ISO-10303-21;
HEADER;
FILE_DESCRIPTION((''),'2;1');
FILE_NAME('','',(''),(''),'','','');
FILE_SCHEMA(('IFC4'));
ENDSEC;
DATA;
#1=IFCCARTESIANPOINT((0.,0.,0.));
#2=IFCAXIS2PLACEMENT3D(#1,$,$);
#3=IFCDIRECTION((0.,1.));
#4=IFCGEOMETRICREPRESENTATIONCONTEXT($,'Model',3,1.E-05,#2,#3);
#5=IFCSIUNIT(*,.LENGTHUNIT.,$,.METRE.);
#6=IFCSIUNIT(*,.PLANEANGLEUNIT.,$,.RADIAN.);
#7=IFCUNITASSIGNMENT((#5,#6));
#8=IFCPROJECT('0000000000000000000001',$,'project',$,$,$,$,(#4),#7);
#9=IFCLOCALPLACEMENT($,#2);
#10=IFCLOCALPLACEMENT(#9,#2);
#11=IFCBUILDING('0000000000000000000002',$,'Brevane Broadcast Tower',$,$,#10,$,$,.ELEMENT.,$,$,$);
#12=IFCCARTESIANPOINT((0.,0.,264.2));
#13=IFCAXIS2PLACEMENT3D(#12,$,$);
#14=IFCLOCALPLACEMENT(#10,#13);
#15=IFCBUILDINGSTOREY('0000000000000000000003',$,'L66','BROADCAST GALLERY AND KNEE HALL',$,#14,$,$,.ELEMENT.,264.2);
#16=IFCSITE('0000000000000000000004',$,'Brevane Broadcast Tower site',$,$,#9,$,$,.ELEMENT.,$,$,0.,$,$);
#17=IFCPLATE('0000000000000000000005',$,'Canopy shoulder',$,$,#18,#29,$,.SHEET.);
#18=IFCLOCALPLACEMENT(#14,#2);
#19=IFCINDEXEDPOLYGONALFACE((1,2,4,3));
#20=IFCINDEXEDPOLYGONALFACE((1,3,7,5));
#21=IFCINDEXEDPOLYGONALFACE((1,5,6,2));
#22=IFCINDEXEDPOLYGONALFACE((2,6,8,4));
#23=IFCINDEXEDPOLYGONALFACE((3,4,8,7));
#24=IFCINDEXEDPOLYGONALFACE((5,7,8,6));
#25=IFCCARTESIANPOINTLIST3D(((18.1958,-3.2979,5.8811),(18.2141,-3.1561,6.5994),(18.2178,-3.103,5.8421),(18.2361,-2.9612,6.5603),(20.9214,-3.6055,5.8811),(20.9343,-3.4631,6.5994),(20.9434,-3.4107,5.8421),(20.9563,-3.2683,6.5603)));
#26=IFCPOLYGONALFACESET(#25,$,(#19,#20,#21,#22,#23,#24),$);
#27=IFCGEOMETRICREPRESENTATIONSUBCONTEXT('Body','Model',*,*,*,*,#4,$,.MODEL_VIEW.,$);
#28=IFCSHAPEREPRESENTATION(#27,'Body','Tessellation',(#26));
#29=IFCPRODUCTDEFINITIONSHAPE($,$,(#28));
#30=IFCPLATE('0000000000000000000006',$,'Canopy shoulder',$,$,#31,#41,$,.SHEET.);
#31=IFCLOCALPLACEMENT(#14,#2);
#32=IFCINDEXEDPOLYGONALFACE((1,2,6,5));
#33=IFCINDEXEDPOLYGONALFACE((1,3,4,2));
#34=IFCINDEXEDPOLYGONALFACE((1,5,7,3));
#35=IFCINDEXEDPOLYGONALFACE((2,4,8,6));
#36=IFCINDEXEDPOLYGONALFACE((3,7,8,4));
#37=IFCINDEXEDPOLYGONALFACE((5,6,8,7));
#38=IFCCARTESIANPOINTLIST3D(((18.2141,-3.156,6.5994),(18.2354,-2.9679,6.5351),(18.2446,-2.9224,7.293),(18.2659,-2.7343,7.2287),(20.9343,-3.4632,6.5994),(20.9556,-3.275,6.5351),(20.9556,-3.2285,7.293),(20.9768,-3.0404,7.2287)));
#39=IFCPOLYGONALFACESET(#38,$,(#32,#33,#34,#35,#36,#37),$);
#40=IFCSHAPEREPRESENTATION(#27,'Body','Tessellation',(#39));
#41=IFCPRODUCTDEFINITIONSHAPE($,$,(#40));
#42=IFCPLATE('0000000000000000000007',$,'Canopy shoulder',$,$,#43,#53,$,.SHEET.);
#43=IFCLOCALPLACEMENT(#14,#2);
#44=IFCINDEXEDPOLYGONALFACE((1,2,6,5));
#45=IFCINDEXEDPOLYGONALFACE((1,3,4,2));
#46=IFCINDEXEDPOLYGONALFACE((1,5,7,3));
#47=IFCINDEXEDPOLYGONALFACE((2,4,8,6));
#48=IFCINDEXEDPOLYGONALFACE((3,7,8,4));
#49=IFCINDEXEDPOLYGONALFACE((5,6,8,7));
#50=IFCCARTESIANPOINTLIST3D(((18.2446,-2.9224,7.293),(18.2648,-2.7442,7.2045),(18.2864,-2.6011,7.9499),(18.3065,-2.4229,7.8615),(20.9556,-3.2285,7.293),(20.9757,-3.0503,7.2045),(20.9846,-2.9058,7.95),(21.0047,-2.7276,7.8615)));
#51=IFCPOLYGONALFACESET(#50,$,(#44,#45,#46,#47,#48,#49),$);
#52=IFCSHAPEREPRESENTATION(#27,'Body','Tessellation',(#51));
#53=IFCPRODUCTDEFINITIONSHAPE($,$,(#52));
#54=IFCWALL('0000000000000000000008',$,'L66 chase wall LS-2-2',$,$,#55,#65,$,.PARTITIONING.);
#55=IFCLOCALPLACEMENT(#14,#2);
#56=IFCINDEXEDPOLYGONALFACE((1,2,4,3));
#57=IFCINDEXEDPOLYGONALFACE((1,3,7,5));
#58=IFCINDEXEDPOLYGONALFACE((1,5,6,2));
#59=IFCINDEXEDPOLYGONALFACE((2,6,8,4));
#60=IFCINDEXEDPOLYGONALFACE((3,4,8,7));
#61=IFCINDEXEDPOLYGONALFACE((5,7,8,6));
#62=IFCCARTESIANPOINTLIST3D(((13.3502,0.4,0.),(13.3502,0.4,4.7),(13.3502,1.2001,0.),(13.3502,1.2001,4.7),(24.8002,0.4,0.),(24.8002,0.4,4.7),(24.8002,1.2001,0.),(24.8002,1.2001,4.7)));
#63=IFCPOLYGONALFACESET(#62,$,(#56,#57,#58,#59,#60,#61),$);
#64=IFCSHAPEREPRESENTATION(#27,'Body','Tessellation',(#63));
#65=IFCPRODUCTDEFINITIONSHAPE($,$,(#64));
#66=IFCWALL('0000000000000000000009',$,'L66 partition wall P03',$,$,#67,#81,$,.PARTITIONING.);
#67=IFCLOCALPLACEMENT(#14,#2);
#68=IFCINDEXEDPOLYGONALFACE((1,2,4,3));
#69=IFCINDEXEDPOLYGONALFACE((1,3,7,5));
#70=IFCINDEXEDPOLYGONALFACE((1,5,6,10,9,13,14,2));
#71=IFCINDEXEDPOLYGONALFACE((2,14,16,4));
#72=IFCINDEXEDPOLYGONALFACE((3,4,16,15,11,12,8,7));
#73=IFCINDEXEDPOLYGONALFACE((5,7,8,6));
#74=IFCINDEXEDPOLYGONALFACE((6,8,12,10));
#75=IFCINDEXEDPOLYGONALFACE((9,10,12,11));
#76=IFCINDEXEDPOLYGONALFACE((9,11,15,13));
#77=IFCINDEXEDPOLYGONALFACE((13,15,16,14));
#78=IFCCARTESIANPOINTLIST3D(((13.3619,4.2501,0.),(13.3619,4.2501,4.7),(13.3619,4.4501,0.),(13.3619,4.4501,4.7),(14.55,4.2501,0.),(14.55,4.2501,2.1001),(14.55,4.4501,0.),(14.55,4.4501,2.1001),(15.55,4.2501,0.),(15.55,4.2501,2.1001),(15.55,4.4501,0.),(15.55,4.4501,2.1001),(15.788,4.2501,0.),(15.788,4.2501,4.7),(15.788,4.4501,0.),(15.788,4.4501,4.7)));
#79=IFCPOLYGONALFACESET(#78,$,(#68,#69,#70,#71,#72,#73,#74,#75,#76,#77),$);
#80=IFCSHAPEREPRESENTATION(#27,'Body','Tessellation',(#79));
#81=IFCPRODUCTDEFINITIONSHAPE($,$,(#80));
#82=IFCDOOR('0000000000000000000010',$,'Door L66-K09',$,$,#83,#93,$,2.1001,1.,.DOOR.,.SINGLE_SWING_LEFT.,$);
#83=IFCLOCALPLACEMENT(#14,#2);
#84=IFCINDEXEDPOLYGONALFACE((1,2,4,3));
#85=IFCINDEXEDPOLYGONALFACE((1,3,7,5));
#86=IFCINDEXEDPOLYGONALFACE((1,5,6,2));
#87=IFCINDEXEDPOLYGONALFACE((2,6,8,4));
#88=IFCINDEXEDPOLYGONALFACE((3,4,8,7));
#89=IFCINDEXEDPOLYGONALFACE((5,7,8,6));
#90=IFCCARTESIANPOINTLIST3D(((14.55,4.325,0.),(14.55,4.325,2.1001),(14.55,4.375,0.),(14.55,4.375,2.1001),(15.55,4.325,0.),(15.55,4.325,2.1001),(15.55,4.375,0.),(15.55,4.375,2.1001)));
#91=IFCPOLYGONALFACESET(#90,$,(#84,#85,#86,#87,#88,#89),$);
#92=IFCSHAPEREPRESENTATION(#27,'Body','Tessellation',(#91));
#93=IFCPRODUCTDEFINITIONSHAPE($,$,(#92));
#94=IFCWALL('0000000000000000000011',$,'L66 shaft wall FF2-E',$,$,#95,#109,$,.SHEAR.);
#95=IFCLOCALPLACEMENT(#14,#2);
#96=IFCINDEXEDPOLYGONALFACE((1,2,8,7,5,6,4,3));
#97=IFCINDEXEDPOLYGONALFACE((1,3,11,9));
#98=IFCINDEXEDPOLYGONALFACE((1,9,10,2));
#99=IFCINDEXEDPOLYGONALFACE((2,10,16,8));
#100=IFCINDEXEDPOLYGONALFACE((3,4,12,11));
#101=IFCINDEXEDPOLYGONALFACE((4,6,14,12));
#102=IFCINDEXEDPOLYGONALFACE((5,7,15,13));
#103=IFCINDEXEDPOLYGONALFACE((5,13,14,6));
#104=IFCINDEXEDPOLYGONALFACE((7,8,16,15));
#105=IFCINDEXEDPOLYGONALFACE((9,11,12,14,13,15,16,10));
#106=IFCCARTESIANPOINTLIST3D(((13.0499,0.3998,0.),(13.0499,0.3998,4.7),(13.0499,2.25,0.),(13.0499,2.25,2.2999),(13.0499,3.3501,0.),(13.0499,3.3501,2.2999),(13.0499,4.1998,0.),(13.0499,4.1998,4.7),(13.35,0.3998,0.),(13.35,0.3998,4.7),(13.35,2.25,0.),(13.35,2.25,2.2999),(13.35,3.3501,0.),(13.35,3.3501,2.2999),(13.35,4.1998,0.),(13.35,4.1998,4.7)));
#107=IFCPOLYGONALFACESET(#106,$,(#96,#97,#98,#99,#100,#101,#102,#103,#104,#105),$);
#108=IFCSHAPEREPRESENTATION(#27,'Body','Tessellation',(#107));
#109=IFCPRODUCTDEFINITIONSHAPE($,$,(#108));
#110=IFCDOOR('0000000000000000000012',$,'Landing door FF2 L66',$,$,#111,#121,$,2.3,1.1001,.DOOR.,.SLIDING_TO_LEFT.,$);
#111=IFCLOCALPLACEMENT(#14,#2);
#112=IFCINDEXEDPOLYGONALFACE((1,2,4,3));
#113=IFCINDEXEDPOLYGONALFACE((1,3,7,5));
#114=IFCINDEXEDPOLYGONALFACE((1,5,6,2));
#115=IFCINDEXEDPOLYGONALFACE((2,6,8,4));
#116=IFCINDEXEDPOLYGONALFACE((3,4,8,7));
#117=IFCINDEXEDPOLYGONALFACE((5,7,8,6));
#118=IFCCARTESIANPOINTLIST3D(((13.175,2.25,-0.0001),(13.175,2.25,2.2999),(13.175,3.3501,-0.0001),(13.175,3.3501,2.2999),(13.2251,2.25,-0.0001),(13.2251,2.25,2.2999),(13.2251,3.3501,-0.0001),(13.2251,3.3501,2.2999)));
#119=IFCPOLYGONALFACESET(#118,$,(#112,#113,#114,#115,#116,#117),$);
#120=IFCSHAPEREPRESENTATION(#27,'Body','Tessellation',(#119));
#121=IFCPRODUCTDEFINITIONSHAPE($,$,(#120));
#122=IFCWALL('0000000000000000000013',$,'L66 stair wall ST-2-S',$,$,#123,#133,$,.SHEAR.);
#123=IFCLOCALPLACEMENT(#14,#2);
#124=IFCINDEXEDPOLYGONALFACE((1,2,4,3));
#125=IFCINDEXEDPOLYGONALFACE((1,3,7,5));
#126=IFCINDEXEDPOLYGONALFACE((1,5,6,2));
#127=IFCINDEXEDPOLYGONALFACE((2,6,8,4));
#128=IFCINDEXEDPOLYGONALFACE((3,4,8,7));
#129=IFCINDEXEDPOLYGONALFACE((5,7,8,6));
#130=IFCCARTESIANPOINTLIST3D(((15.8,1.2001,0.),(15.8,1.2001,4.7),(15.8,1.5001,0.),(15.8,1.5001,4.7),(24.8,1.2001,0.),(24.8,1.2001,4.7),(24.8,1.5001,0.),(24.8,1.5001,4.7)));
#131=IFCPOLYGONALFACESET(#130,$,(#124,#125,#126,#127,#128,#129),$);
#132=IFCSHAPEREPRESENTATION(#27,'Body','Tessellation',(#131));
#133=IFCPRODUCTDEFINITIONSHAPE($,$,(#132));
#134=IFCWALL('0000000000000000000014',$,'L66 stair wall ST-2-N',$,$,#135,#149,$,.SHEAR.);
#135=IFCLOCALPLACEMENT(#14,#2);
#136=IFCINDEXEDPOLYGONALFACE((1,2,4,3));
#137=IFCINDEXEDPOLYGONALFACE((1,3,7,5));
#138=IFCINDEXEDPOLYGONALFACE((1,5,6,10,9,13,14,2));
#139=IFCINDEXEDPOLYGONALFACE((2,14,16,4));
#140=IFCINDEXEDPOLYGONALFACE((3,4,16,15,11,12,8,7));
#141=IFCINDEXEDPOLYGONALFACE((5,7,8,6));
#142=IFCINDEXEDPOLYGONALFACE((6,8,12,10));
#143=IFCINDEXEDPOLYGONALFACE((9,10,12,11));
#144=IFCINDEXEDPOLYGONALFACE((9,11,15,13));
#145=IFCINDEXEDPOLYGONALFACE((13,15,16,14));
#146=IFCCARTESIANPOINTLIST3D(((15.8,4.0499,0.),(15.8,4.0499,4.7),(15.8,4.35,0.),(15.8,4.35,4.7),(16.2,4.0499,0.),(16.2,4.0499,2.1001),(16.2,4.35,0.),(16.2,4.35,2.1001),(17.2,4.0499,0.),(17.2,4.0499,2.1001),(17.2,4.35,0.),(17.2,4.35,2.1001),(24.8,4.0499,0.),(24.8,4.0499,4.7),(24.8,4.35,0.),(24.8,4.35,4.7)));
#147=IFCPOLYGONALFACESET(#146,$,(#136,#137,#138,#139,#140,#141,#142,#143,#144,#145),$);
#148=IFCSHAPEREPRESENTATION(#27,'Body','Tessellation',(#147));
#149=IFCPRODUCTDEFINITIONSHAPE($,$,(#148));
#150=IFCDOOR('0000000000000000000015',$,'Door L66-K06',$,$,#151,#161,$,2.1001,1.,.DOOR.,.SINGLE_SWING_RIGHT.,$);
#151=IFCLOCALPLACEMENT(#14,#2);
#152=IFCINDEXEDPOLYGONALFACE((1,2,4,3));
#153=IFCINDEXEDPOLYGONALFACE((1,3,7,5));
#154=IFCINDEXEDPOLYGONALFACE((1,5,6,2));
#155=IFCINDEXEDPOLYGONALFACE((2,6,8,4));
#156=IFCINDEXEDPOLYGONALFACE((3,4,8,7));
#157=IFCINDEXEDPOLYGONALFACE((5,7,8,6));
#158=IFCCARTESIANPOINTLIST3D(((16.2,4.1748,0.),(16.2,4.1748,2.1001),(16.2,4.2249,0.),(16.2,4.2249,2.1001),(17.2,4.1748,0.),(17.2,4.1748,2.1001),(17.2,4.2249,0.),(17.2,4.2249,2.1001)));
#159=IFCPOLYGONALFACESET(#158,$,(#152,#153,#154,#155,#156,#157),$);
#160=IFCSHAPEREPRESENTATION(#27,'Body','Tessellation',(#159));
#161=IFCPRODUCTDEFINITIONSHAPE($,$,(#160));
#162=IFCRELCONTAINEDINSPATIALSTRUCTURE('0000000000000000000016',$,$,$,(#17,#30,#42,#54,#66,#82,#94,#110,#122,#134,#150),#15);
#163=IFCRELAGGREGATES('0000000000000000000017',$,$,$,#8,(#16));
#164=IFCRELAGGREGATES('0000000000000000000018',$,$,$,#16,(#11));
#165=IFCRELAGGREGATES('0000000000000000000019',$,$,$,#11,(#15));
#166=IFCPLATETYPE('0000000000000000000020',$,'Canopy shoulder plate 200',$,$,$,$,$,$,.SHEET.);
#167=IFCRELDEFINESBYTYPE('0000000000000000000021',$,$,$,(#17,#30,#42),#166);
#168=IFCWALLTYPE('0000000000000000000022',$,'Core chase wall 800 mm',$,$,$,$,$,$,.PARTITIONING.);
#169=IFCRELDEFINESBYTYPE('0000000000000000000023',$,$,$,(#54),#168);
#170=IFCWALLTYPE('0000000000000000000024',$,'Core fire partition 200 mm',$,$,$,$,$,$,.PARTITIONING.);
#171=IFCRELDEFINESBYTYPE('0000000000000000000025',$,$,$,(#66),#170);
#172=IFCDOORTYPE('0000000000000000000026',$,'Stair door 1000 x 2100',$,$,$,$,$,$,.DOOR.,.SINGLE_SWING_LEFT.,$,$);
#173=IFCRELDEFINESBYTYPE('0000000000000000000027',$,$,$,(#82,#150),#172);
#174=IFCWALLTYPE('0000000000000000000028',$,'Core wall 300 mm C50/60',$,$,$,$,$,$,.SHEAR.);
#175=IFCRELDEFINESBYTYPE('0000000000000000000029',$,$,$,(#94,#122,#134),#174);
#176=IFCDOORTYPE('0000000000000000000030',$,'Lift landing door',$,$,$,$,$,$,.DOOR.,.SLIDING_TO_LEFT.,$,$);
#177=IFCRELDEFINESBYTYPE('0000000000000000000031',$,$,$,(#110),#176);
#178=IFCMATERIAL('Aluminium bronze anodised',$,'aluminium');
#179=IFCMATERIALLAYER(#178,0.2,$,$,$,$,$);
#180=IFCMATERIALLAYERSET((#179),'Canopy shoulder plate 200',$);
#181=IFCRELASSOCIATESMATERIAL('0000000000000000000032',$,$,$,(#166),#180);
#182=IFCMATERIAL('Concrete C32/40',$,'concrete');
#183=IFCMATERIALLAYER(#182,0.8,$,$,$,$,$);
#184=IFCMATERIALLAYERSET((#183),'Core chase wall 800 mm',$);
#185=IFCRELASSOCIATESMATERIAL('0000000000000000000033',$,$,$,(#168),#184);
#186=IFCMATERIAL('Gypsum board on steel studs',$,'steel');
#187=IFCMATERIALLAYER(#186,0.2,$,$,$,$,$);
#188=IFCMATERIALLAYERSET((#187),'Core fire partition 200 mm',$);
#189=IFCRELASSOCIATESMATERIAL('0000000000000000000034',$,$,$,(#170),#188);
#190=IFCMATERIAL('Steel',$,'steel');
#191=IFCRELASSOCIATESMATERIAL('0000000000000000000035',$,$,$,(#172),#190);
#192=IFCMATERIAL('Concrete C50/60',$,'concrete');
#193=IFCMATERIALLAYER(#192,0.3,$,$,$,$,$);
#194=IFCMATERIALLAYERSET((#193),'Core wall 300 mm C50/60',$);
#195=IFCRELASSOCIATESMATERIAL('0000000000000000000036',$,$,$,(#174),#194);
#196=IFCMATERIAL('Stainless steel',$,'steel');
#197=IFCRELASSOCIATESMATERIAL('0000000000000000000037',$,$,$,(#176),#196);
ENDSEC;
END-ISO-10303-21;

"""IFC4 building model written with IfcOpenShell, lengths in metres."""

from ifc_helpers import new_model, si_unit, direction, frame, frame_2d, origin, place, context, subcontext, project, spatial, polyline, rectangle, outline, extrude, material, layer, layer_set, type_object, element, fill, save


model = new_model("IFC4")

# Units and contexts
model_context = context("Model", 3, precision=1e-05, world=origin(), true_north=direction((0.0, 1.0)))
body_context = subcontext(model_context, "Body", "Model", "MODEL_VIEW")
ifc_project = project(units=[si_unit("LENGTHUNIT", "METRE"), si_unit("PLANEANGLEUNIT", "RADIAN")], contexts=[model_context])

# Site, building, storey
site_placement = place(None, origin())
site = spatial("IfcSite", under=ifc_project, at=site_placement, Name="Brevane Broadcast Tower site", CompositionType="ELEMENT", RefElevation=0.0)
building_placement = place(site_placement, origin())
building = spatial("IfcBuilding", under=site, at=building_placement, Name="Brevane Broadcast Tower", CompositionType="ELEMENT")
storey_placement = place(building_placement, frame((0.0, 0.0, 264.2)))
storey = spatial("IfcBuildingStorey", under=building, at=storey_placement, Name="L66", Description="BROADCAST GALLERY AND KNEE HALL", CompositionType="ELEMENT", Elevation=264.2)

# Plates
ifc_material_1 = material(Name="Aluminium bronze anodised", Category="aluminium")
ifc_layer_1 = layer(ifc_material_1, 0.2)
ifc_layer_set_1 = layer_set([ifc_layer_1], Name="Canopy shoulder plate 200")
plate_type = type_object("IfcPlateType", Name="Canopy shoulder plate 200", PredefinedType="SHEET", material=ifc_layer_set_1)
plate_1_placement = place(storey_placement, frame((18.1958, -3.2979, 5.8811), z_axis=(-0.110014, -0.974576, 0.195188), x_axis=(0.993689, -0.112171, 0.000004)))
element("IfcPlate", 1, at=plate_1_placement, inside=storey, type_object=plate_type, Name="Canopy shoulder", PredefinedType="SHEET", context=body_context, shape_type="SweptSolid", body=[
    extrude(outline(polyline([(0.0, 0.0), (2.7429, 0.0), (2.7398, 0.7323), (0.0023, 0.7324), (0.0, 0.0)])), origin(), (0.0, 0.0, -1.0), 0.2),
])
plate_2_placement = place(storey_placement, frame((18.2141, -3.156, 6.5994), z_axis=(-0.106246, -0.940905, 0.321573), x_axis=(0.993685, -0.112205, 0.000004)))
element("IfcPlate", 2, at=plate_2_placement, inside=storey, type_object=plate_type, Name="Canopy shoulder", PredefinedType="SHEET", context=body_context, shape_type="SweptSolid", body=[
    extrude(outline(polyline([(0.0, 0.0), (2.7375, 0.0), (2.7323, 0.7325), (0.0041, 0.7325), (0.0, 0.0)])), origin(), (0.0, 0.0, -1.0), 0.2),
])
plate_3_placement = place(storey_placement, frame((18.2446, -2.9224, 7.293), z_axis=(-0.100643, -0.891223, 0.442258), x_axis=(0.993684, -0.112214, -0.000002)))
element("IfcPlate", 3, at=plate_3_placement, inside=storey, type_object=plate_type, Name="Canopy shoulder", PredefinedType="SHEET", context=body_context, shape_type="SweptSolid", body=[
    extrude(outline(polyline([(0.0, 0.0), (2.7282, 0.0), (2.7208, 0.7325), (0.0054, 0.7325), (0.0, 0.0)])), origin(), (0.0, 0.0, -1.0), 0.2),
])

# Wall
ifc_material_2 = material(Name="Concrete C32/40", Category="concrete")
ifc_layer_2 = layer(ifc_material_2, 0.8)
ifc_layer_set_2 = layer_set([ifc_layer_2], Name="Core chase wall 800 mm")
wall_type_1 = type_object("IfcWallType", Name="Core chase wall 800 mm", PredefinedType="PARTITIONING", material=ifc_layer_set_2)
wall_1_placement = place(storey_placement, frame((13.3501, 0.8, 0.0), z_axis=(0.0, 0.0, 1.0), x_axis=(1.0, 0.0, 0.0)))
element("IfcWall", 4, at=wall_1_placement, inside=storey, type_object=wall_type_1, Name="L66 chase wall LS-2-2", PredefinedType="PARTITIONING", context=body_context, shape_type="SweptSolid", body=[
    extrude(rectangle(XDim=11.45, YDim=0.8, at=frame_2d((5.7251, 0.0))), origin(), (0.0, 0.0, 1.0), 4.7),
])

# Walls, openings, doors
ifc_material_3 = material(Name="Gypsum board on steel studs", Category="steel")
ifc_layer_3 = layer(ifc_material_3, 0.2)
ifc_layer_set_3 = layer_set([ifc_layer_3], Name="Core fire partition 200 mm")
wall_type_2 = type_object("IfcWallType", Name="Core fire partition 200 mm", PredefinedType="PARTITIONING", material=ifc_layer_set_3)
wall_2_placement = place(storey_placement, frame((13.3621, 4.3501, 0.0), z_axis=(0.0, 0.0, 1.0), x_axis=(1.0, 0.0, 0.0)))
wall_2 = element("IfcWall", 5, at=wall_2_placement, inside=storey, type_object=wall_type_2, Name="L66 partition wall P03", PredefinedType="PARTITIONING", context=body_context, shape_type="SweptSolid", body=[
    extrude(rectangle(XDim=2.426, YDim=0.2, at=frame_2d((1.2129, 0.0))), origin(), (0.0, 0.0, 1.0), 4.7),
])
opening_1_placement = place(wall_2_placement, frame((1.188, 0.0, 0.0)))
opening_1 = element("IfcOpeningElement", 6, at=opening_1_placement, cuts=wall_2, PredefinedType="OPENING", context=body_context, shape_type="SweptSolid", body=[
    extrude(rectangle(XDim=1.0, YDim=2.1001, at=frame_2d((0.5, 1.05))), frame((0.0, 0.1099, 0.0), z_axis=(0.0, -1.0, 0.0), x_axis=(1.0, 0.0, 0.0)), (0.0, 0.0, 1.0), 0.22),
])
ifc_material_4 = material(Name="Steel", Category="steel")
door_type_1 = type_object("IfcDoorType", Name="Stair door 1000 x 2100", OperationType="SINGLE_SWING_LEFT", PredefinedType="DOOR", material=ifc_material_4)
door_1_placement = place(opening_1_placement, origin())
door_1 = element("IfcDoor", 7, at=door_1_placement, inside=storey, type_object=door_type_1, Name="Door L66-K09", OperationType="SINGLE_SWING_LEFT", OverallHeight=2.1001, OverallWidth=1.0, PredefinedType="DOOR", context=body_context, shape_type="SweptSolid", body=[
    extrude(rectangle(XDim=1.0, YDim=2.1001, at=frame_2d((0.5, 1.05))), frame((0.0, 0.0249, 0.0), z_axis=(0.0, -1.0, 0.0), x_axis=(1.0, 0.0, 0.0)), (0.0, 0.0, 1.0), 0.05),
])
fill(opening_1, door_1)
ifc_material_5 = material(Name="Concrete C50/60", Category="concrete")
ifc_layer_4 = layer(ifc_material_5, 0.3)
ifc_layer_set_4 = layer_set([ifc_layer_4], Name="Core wall 300 mm C50/60")
wall_type_3 = type_object("IfcWallType", Name="Core wall 300 mm C50/60", PredefinedType="SHEAR", material=ifc_layer_set_4)
wall_3_placement = place(storey_placement, frame((13.2, 0.3999, 0.0), z_axis=(0.0, 0.0, 1.0), x_axis=(0.0, 1.0, 0.0)))
wall_3 = element("IfcWall", 8, at=wall_3_placement, inside=storey, type_object=wall_type_3, Name="L66 shaft wall FF2-E", PredefinedType="SHEAR", context=body_context, shape_type="SweptSolid", body=[
    extrude(rectangle(XDim=3.8, YDim=0.3, at=frame_2d((1.8999, 0.0))), origin(), (0.0, 0.0, 1.0), 4.7),
])
opening_2_placement = place(wall_3_placement, frame((1.8501, 0.0, 0.0)))
opening_2 = element("IfcOpeningElement", 9, at=opening_2_placement, cuts=wall_3, PredefinedType="OPENING", context=body_context, shape_type="SweptSolid", body=[
    extrude(rectangle(XDim=1.1001, YDim=2.3, at=frame_2d((0.55, 1.1499))), frame((0.0, 0.1599, 0.0), z_axis=(0.0, -1.0, 0.0), x_axis=(1.0, 0.0, 0.0)), (0.0, 0.0, 1.0), 0.3201),
])
ifc_material_6 = material(Name="Stainless steel", Category="steel")
door_type_2 = type_object("IfcDoorType", Name="Lift landing door", OperationType="SLIDING_TO_LEFT", PredefinedType="DOOR", material=ifc_material_6)
door_2_placement = place(opening_2_placement, origin())
door_2 = element("IfcDoor", 10, at=door_2_placement, inside=storey, type_object=door_type_2, Name="Landing door FF2 L66", OperationType="SLIDING_TO_LEFT", OverallHeight=2.3, OverallWidth=1.1001, PredefinedType="DOOR", context=body_context, shape_type="SweptSolid", body=[
    extrude(rectangle(XDim=1.1001, YDim=2.3, at=frame_2d((0.55, 1.1499))), frame((0.0, 0.0249, 0.0), z_axis=(0.0, -1.0, 0.0), x_axis=(1.0, 0.0, 0.0)), (0.0, 0.0, 1.0), 0.05),
])
fill(opening_2, door_2)

# Wall
wall_4_placement = place(storey_placement, frame((15.8, 1.3501, 0.0), z_axis=(0.0, 0.0, 1.0), x_axis=(1.0, 0.0, 0.0)))
element("IfcWall", 11, at=wall_4_placement, inside=storey, type_object=wall_type_3, Name="L66 stair wall ST-2-S", PredefinedType="SHEAR", context=body_context, shape_type="SweptSolid", body=[
    extrude(rectangle(XDim=9.0, YDim=0.3, at=frame_2d((4.5, 0.0))), origin(), (0.0, 0.0, 1.0), 4.7),
])

# Wall, opening, door
wall_5_placement = place(storey_placement, frame((15.8, 4.2, 0.0), z_axis=(0.0, 0.0, 1.0), x_axis=(1.0, 0.0, 0.0)))
wall_5 = element("IfcWall", 12, at=wall_5_placement, inside=storey, type_object=wall_type_3, Name="L66 stair wall ST-2-N", PredefinedType="SHEAR", context=body_context, shape_type="SweptSolid", body=[
    extrude(rectangle(XDim=9.0, YDim=0.3, at=frame_2d((4.5, 0.0))), origin(), (0.0, 0.0, 1.0), 4.7),
])
opening_3_placement = place(wall_5_placement, frame((0.3999, 0.0, 0.0)))
opening_3 = element("IfcOpeningElement", 13, at=opening_3_placement, cuts=wall_5, PredefinedType="OPENING", context=body_context, shape_type="SweptSolid", body=[
    extrude(rectangle(XDim=1.0, YDim=2.1001, at=frame_2d((0.5, 1.05))), frame((0.0, 0.1599, 0.0), z_axis=(0.0, -1.0, 0.0), x_axis=(1.0, 0.0, 0.0)), (0.0, 0.0, 1.0), 0.3201),
])
door_3_placement = place(opening_3_placement, origin())
door_3 = element("IfcDoor", 14, at=door_3_placement, inside=storey, type_object=door_type_1, Name="Door L66-K06", OperationType="SINGLE_SWING_RIGHT", OverallHeight=2.1001, OverallWidth=1.0, PredefinedType="DOOR", context=body_context, shape_type="SweptSolid", body=[
    extrude(rectangle(XDim=1.0, YDim=2.1001, at=frame_2d((0.5, 1.05))), frame((0.0, 0.0249, 0.0), z_axis=(0.0, -1.0, 0.0), x_axis=(1.0, 0.0, 0.0)), (0.0, 0.0, 1.0), 0.05),
])
fill(opening_3, door_3)

save(model, "model.ifc")
